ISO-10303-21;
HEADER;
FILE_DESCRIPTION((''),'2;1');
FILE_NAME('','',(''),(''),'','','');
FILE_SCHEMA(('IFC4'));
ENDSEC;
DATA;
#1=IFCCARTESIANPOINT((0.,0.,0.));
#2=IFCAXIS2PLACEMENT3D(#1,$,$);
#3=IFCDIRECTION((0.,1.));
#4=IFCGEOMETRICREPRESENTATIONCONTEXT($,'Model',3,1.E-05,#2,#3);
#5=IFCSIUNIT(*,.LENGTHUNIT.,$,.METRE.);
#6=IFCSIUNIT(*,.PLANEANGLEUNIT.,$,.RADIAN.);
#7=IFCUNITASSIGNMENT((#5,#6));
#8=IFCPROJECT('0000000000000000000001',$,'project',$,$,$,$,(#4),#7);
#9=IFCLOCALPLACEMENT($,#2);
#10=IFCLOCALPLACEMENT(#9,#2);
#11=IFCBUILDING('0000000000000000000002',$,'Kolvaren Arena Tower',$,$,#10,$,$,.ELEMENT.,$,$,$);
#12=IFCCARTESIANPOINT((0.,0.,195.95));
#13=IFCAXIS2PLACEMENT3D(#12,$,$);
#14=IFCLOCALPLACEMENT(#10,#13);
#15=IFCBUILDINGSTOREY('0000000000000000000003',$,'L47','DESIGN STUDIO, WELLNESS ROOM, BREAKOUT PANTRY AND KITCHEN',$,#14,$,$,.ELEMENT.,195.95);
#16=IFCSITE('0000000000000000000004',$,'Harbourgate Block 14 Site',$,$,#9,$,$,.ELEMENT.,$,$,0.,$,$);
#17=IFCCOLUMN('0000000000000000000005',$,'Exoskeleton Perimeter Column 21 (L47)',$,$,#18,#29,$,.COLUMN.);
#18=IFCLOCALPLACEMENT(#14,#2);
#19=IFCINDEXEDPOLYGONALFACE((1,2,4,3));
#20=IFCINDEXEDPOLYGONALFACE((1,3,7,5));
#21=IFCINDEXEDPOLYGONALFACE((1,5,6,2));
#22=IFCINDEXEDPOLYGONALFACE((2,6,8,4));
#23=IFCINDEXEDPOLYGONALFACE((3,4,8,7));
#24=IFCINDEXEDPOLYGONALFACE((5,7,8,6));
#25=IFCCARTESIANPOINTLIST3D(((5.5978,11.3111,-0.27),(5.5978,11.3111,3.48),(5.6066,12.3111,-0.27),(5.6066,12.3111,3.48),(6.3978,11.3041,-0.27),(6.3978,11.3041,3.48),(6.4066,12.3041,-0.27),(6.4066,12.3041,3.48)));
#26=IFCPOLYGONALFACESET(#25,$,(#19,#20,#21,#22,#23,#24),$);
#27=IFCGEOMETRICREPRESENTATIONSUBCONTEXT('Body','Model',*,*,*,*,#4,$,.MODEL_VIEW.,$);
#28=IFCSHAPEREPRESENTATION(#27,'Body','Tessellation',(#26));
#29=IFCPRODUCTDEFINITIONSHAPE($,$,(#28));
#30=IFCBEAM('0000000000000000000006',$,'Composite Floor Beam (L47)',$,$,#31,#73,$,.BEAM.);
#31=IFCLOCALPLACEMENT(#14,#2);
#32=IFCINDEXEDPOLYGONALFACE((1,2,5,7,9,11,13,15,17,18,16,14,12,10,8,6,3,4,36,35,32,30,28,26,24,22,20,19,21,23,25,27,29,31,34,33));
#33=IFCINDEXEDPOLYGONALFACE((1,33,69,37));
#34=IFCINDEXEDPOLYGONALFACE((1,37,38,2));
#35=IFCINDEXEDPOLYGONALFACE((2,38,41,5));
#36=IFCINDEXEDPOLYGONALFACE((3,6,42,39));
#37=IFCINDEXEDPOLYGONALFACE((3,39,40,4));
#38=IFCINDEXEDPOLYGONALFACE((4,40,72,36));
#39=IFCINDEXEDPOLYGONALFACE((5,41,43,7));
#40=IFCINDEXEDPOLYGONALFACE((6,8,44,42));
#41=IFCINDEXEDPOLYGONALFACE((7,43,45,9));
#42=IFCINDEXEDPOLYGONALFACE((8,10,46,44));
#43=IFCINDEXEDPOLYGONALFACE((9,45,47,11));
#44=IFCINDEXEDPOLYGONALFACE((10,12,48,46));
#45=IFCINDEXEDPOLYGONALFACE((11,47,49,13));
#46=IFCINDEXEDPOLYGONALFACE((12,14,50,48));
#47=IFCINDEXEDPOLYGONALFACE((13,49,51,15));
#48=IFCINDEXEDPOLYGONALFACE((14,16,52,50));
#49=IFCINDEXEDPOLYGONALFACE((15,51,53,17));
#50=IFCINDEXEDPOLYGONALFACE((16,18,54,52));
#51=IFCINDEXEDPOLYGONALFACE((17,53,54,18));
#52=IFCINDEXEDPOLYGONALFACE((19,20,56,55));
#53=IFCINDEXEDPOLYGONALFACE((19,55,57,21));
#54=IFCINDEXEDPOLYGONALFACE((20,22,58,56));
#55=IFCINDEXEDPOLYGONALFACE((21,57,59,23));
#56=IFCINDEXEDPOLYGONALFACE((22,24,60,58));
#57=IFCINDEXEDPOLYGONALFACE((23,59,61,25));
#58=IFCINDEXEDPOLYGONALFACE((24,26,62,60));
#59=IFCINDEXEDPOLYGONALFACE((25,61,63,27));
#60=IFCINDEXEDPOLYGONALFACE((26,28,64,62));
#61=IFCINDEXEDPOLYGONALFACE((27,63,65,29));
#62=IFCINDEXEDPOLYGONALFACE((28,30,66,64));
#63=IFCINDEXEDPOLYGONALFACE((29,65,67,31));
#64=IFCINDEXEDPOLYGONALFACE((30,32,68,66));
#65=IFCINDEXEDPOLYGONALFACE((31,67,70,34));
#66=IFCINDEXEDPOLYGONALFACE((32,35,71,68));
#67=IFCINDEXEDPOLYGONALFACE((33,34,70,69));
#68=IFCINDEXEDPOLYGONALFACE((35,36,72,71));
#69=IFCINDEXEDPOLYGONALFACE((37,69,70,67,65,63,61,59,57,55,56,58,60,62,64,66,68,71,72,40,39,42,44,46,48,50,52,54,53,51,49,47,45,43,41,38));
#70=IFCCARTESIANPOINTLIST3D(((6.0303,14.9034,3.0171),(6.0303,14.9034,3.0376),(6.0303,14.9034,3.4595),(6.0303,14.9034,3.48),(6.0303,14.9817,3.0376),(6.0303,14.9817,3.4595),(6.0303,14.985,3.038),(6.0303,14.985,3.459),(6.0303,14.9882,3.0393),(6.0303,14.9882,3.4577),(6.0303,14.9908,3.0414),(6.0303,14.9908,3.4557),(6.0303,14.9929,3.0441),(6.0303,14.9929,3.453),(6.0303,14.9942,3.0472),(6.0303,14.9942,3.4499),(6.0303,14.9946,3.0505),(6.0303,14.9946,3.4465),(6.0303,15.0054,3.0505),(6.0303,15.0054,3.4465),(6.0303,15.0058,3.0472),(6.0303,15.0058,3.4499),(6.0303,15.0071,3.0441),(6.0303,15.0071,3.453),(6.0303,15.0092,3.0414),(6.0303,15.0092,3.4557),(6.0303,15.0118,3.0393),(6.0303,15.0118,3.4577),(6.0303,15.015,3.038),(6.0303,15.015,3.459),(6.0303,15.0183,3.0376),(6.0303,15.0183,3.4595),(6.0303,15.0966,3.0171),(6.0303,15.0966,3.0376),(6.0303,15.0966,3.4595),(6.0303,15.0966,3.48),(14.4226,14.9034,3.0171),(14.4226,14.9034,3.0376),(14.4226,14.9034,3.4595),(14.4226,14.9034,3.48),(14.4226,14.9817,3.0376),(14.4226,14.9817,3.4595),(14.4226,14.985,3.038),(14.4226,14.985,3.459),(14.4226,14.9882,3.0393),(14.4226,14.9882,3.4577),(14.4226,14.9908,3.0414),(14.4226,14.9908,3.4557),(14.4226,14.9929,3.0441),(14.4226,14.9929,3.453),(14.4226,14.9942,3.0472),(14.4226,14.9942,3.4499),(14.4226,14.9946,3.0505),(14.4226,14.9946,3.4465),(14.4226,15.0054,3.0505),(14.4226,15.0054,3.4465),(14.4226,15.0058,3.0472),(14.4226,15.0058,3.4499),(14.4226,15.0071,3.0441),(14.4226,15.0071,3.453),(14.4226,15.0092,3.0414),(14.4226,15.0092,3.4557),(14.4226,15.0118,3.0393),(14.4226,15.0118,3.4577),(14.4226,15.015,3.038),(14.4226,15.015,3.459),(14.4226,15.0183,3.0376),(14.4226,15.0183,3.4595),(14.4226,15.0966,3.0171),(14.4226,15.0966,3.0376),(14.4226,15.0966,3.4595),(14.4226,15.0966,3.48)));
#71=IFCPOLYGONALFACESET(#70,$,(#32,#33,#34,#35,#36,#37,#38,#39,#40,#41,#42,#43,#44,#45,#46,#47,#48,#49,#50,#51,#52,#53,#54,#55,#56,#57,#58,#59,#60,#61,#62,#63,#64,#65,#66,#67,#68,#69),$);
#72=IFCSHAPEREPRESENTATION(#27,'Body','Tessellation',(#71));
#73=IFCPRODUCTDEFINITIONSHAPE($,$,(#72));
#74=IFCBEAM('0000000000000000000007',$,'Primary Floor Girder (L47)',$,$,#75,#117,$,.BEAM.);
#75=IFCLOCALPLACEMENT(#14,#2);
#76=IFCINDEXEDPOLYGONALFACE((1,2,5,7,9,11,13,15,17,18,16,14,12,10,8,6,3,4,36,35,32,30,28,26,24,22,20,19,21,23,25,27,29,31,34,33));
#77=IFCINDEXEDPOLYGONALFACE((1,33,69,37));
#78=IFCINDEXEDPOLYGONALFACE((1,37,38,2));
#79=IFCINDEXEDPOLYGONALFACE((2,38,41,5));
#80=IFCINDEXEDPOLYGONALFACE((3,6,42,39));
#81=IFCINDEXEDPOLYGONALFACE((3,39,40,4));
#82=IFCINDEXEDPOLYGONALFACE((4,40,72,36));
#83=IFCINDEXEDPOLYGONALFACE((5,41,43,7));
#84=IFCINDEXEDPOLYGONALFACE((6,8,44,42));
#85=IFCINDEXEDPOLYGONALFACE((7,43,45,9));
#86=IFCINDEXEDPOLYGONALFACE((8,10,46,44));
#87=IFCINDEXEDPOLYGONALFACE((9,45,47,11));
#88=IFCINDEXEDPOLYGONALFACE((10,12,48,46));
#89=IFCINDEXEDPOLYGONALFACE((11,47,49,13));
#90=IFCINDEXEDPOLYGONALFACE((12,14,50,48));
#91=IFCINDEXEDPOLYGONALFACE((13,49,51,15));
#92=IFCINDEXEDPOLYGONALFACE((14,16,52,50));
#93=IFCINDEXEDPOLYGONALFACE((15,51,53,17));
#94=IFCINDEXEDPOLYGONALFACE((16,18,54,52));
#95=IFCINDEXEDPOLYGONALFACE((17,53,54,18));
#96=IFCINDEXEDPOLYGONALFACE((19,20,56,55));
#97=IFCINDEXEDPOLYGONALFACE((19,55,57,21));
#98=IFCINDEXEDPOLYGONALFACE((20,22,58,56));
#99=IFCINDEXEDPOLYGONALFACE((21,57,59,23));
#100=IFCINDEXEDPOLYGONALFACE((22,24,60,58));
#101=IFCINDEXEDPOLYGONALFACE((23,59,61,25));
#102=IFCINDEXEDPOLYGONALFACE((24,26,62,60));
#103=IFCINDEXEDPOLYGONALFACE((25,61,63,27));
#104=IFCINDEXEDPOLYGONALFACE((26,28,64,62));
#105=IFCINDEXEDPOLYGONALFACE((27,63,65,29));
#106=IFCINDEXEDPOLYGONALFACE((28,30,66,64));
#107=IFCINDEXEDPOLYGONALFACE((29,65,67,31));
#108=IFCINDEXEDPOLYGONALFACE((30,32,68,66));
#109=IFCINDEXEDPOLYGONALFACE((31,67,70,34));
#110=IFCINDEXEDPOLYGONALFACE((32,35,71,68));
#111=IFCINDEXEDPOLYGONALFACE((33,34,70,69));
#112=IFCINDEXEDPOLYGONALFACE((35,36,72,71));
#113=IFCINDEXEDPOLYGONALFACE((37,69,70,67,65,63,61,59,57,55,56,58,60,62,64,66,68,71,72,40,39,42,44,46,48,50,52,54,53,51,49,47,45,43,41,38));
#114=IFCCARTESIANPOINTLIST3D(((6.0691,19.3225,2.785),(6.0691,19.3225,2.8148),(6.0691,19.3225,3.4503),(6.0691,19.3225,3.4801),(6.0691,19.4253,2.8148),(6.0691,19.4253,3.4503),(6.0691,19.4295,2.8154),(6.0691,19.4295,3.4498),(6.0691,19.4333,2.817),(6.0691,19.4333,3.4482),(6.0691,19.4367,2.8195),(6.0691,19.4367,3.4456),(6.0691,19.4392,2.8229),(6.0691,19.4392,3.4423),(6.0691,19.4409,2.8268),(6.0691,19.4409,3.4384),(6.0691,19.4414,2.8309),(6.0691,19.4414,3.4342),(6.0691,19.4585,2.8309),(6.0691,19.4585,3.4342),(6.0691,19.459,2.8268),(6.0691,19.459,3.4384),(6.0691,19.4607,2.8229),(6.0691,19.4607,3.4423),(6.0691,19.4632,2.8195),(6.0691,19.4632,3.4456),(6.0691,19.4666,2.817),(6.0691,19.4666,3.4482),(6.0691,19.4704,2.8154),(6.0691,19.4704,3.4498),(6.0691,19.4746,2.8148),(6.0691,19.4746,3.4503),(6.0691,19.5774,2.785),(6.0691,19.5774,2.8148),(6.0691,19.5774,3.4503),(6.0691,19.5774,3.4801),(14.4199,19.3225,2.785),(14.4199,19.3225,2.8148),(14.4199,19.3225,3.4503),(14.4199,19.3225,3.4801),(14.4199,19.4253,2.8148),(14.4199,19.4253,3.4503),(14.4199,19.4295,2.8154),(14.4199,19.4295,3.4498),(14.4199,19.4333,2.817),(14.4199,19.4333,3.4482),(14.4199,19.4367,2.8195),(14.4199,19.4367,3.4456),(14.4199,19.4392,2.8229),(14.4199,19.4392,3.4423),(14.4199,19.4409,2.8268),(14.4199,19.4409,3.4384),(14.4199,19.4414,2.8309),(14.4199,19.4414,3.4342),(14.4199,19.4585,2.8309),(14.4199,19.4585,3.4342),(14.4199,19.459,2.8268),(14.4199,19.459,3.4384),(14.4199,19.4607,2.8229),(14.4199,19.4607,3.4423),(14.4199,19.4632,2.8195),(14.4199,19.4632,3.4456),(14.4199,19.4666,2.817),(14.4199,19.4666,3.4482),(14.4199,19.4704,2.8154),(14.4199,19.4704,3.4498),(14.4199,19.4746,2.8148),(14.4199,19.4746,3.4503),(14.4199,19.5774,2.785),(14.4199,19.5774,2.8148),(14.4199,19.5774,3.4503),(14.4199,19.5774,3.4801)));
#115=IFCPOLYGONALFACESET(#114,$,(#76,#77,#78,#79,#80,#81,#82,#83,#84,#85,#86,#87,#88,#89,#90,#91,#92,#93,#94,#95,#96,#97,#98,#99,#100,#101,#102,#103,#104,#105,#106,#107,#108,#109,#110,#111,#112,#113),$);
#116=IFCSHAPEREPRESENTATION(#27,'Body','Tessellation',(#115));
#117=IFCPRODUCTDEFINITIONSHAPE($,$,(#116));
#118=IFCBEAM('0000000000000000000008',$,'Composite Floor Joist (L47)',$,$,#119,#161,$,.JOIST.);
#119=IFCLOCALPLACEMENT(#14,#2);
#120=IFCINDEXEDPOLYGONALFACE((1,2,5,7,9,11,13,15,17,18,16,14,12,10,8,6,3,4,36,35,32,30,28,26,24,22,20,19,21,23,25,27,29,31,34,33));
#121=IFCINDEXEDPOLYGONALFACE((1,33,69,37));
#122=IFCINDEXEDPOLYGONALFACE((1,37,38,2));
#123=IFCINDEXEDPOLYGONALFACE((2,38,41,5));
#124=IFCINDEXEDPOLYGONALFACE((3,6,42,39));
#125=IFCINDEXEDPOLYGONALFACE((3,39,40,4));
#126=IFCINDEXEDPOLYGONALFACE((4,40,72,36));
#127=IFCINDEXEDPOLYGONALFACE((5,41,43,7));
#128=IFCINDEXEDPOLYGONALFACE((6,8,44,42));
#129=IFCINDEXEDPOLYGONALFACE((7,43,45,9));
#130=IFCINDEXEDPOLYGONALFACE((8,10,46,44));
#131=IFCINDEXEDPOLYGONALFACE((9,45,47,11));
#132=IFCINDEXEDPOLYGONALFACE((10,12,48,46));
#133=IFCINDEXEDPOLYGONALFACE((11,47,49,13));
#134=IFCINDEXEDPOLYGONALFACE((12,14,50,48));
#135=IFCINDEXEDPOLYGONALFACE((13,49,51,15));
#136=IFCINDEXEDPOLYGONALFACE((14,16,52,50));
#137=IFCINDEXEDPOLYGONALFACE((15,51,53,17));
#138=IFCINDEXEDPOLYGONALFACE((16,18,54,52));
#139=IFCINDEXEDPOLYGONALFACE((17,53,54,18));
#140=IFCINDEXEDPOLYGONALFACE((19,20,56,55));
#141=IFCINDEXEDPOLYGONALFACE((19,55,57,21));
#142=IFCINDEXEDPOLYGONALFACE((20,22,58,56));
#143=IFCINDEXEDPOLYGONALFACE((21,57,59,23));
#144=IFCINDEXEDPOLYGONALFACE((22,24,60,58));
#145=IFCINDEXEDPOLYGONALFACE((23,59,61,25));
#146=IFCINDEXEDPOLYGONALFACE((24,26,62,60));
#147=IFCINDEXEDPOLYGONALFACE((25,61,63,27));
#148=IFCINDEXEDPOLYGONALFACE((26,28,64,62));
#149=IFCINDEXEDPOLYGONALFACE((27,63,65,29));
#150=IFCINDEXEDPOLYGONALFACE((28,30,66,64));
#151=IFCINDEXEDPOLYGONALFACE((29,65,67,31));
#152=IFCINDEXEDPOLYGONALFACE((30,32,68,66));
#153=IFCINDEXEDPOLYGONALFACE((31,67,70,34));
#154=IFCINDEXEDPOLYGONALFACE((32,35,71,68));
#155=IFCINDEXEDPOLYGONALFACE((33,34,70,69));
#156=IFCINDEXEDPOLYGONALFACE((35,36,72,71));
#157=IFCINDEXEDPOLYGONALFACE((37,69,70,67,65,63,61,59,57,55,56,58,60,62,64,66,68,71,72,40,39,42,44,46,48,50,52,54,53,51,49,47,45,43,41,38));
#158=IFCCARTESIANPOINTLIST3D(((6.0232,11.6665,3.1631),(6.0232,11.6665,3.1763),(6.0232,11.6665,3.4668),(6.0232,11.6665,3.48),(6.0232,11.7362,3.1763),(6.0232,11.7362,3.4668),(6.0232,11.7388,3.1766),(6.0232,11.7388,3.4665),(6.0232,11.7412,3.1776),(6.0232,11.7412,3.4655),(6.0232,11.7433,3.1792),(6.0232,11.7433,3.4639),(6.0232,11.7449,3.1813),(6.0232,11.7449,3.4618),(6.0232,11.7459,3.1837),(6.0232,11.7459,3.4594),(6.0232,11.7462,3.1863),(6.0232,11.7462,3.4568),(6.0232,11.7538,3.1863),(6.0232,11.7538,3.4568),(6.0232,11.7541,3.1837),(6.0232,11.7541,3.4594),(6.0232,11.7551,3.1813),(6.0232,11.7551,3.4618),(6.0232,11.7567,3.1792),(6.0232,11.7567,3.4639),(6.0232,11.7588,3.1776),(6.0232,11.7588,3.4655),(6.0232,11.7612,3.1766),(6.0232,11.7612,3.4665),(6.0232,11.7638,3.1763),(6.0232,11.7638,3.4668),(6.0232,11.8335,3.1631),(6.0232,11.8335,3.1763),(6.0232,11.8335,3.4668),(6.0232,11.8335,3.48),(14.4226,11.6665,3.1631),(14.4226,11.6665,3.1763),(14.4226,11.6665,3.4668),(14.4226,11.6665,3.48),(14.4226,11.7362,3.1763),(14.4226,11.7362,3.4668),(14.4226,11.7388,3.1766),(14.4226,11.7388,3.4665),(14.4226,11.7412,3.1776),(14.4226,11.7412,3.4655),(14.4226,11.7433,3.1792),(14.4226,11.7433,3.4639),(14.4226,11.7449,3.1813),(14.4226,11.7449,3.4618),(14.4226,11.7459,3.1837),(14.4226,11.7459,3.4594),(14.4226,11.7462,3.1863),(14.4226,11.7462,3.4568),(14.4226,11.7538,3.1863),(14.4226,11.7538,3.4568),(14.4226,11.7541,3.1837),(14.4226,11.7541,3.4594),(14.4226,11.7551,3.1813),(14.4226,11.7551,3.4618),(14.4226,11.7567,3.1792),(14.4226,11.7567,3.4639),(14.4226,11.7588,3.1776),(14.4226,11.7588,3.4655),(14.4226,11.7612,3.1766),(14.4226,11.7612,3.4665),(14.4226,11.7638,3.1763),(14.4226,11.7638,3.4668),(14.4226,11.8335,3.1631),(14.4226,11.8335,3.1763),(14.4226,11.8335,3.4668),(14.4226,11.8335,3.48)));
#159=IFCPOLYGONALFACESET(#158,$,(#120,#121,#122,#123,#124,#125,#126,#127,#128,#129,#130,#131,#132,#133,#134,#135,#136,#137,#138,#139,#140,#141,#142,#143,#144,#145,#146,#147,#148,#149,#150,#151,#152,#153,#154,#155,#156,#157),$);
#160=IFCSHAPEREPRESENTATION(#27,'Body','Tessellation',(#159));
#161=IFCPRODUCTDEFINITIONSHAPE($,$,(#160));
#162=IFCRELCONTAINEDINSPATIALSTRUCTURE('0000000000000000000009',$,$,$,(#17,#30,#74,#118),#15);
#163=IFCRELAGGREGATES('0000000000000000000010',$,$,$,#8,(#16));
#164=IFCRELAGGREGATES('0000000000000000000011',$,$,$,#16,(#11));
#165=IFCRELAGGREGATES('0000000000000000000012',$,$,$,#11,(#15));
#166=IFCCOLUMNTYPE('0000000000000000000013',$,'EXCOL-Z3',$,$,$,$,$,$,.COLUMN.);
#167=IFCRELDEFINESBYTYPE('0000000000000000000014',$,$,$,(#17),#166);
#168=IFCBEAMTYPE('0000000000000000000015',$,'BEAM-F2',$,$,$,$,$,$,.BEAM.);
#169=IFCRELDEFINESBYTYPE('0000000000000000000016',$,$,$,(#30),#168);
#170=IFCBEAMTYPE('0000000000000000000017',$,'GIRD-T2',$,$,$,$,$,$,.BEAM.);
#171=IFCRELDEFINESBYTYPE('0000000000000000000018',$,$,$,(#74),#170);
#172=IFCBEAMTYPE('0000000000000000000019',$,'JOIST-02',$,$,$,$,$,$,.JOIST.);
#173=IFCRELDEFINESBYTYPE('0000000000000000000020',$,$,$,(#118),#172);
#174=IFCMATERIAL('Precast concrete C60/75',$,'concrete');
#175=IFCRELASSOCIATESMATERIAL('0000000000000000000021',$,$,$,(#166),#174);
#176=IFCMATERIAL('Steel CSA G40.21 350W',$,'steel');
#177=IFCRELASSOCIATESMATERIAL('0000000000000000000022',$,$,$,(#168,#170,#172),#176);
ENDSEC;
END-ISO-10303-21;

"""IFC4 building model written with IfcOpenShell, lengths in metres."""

from ifc_helpers import new_model, si_unit, direction, frame, origin, origin_2d, place, context, subcontext, project, spatial, rectangle, i_section, extrude, material, material_profile, profile_set, type_object, element, save


model = new_model("IFC4")

# Units and contexts
model_context = context("Model", 3, precision=1e-05, world=origin(), true_north=direction((0.0, 1.0)))
body_context = subcontext(model_context, "Body", "Model", "MODEL_VIEW")
ifc_project = project(units=[si_unit("LENGTHUNIT", "METRE"), si_unit("PLANEANGLEUNIT", "RADIAN")], contexts=[model_context])

# Site, building, storey
site_placement = place(None, origin())
site = spatial("IfcSite", under=ifc_project, at=site_placement, Name="Harbourgate Block 14 Site", CompositionType="ELEMENT", RefElevation=0.0)
building_placement = place(site_placement, origin())
building = spatial("IfcBuilding", under=site, at=building_placement, Name="Kolvaren Arena Tower", CompositionType="ELEMENT")
storey_placement = place(building_placement, frame((0.0, 0.0, 195.95)))
storey = spatial("IfcBuildingStorey", under=building, at=storey_placement, Name="L47", Description="DESIGN STUDIO, WELLNESS ROOM, BREAKOUT PANTRY AND KITCHEN", CompositionType="ELEMENT", Elevation=195.95)

# Column
ifc_material_1 = material(Name="Precast concrete C60/75", Category="concrete")
ifc_material_profile_1 = material_profile(ifc_material_1, rectangle(XDim=1.0, YDim=0.8, at=origin_2d()), Name="RC-1000x800")
ifc_profile_set_1 = profile_set([ifc_material_profile_1], Name="Precast concrete C60/75")
column_type = type_object("IfcColumnType", Name="EXCOL-Z3", PredefinedType="COLUMN", material=ifc_profile_set_1)
column_placement = place(storey_placement, frame((6.0022, 11.8076, -0.27), z_axis=(0.0, 0.0, 1.0), x_axis=(0.008727, 0.999962, 0.0)))
element("IfcColumn", 1, at=column_placement, inside=storey, type_object=column_type, Name="Exoskeleton Perimeter Column 21 (L47)", PredefinedType="COLUMN", context=body_context, shape_type="SweptSolid", body=[
    extrude(rectangle(XDim=1.0, YDim=0.8, at=origin_2d()), origin(), (0.0, 0.0, 1.0), 3.75),
])

# Beams
ifc_material_2 = material(Name="Steel CSA G40.21 350W", Category="steel")
ifc_material_profile_2 = material_profile(ifc_material_2, i_section(OverallWidth=0.1931, OverallDepth=0.4629, WebThickness=0.0107, FlangeThickness=0.0205, FilletRadius=0.0129, at=origin_2d()), Name="W460x113")
ifc_profile_set_2 = profile_set([ifc_material_profile_2], Name="Steel CSA G40.21 350W")
beam_type_1 = type_object("IfcBeamType", Name="BEAM-F2", PredefinedType="BEAM", material=ifc_profile_set_2)
beam_1_placement = place(storey_placement, frame((6.0303, 15.0, 3.2485), z_axis=(1.0, 0.0, 0.0), x_axis=(0.0, 1.0, 0.0)))
element("IfcBeam", 2, at=beam_1_placement, inside=storey, type_object=beam_type_1, Name="Composite Floor Beam (L47)", PredefinedType="BEAM", context=body_context, shape_type="SweptSolid", body=[
    extrude(i_section(OverallWidth=0.1931, OverallDepth=0.4629, WebThickness=0.0107, FlangeThickness=0.0205, FilletRadius=0.0129, at=origin_2d()), origin(), (0.0, 0.0, 1.0), 8.3923),
])
ifc_material_profile_3 = material_profile(ifc_material_2, i_section(OverallWidth=0.2549, OverallDepth=0.6951, WebThickness=0.0171, FlangeThickness=0.0298, FilletRadius=0.0161, at=origin_2d()), Name="W690x217")
ifc_profile_set_3 = profile_set([ifc_material_profile_3], Name="Steel CSA G40.21 350W")
beam_type_2 = type_object("IfcBeamType", Name="GIRD-T2", PredefinedType="BEAM", material=ifc_profile_set_3)
beam_2_placement = place(storey_placement, frame((6.0691, 19.45, 3.1326), z_axis=(1.0, 0.0, 0.0), x_axis=(0.0, 1.0, 0.0)))
element("IfcBeam", 3, at=beam_2_placement, inside=storey, type_object=beam_type_2, Name="Primary Floor Girder (L47)", PredefinedType="BEAM", context=body_context, shape_type="SweptSolid", body=[
    extrude(i_section(OverallWidth=0.2549, OverallDepth=0.6951, WebThickness=0.0171, FlangeThickness=0.0298, FilletRadius=0.0161, at=origin_2d()), origin(), (0.0, 0.0, 1.0), 8.3508),
])
ifc_material_profile_4 = material_profile(ifc_material_2, i_section(OverallWidth=0.167, OverallDepth=0.3169, WebThickness=0.0076, FlangeThickness=0.0132, FilletRadius=0.01, at=origin_2d()), Name="W310x52")
ifc_profile_set_4 = profile_set([ifc_material_profile_4], Name="Steel CSA G40.21 350W")
beam_type_3 = type_object("IfcBeamType", Name="JOIST-02", PredefinedType="JOIST", material=ifc_profile_set_4)
beam_3_placement = place(storey_placement, frame((6.0232, 11.75, 3.3215), z_axis=(1.0, 0.0, 0.0), x_axis=(0.0, 1.0, 0.0)))
element("IfcBeam", 4, at=beam_3_placement, inside=storey, type_object=beam_type_3, Name="Composite Floor Joist (L47)", PredefinedType="JOIST", context=body_context, shape_type="SweptSolid", body=[
    extrude(i_section(OverallWidth=0.167, OverallDepth=0.3169, WebThickness=0.0076, FlangeThickness=0.0132, FilletRadius=0.01, at=origin_2d()), origin(), (0.0, 0.0, 1.0), 8.3994),
])

save(model, "model.ifc")
